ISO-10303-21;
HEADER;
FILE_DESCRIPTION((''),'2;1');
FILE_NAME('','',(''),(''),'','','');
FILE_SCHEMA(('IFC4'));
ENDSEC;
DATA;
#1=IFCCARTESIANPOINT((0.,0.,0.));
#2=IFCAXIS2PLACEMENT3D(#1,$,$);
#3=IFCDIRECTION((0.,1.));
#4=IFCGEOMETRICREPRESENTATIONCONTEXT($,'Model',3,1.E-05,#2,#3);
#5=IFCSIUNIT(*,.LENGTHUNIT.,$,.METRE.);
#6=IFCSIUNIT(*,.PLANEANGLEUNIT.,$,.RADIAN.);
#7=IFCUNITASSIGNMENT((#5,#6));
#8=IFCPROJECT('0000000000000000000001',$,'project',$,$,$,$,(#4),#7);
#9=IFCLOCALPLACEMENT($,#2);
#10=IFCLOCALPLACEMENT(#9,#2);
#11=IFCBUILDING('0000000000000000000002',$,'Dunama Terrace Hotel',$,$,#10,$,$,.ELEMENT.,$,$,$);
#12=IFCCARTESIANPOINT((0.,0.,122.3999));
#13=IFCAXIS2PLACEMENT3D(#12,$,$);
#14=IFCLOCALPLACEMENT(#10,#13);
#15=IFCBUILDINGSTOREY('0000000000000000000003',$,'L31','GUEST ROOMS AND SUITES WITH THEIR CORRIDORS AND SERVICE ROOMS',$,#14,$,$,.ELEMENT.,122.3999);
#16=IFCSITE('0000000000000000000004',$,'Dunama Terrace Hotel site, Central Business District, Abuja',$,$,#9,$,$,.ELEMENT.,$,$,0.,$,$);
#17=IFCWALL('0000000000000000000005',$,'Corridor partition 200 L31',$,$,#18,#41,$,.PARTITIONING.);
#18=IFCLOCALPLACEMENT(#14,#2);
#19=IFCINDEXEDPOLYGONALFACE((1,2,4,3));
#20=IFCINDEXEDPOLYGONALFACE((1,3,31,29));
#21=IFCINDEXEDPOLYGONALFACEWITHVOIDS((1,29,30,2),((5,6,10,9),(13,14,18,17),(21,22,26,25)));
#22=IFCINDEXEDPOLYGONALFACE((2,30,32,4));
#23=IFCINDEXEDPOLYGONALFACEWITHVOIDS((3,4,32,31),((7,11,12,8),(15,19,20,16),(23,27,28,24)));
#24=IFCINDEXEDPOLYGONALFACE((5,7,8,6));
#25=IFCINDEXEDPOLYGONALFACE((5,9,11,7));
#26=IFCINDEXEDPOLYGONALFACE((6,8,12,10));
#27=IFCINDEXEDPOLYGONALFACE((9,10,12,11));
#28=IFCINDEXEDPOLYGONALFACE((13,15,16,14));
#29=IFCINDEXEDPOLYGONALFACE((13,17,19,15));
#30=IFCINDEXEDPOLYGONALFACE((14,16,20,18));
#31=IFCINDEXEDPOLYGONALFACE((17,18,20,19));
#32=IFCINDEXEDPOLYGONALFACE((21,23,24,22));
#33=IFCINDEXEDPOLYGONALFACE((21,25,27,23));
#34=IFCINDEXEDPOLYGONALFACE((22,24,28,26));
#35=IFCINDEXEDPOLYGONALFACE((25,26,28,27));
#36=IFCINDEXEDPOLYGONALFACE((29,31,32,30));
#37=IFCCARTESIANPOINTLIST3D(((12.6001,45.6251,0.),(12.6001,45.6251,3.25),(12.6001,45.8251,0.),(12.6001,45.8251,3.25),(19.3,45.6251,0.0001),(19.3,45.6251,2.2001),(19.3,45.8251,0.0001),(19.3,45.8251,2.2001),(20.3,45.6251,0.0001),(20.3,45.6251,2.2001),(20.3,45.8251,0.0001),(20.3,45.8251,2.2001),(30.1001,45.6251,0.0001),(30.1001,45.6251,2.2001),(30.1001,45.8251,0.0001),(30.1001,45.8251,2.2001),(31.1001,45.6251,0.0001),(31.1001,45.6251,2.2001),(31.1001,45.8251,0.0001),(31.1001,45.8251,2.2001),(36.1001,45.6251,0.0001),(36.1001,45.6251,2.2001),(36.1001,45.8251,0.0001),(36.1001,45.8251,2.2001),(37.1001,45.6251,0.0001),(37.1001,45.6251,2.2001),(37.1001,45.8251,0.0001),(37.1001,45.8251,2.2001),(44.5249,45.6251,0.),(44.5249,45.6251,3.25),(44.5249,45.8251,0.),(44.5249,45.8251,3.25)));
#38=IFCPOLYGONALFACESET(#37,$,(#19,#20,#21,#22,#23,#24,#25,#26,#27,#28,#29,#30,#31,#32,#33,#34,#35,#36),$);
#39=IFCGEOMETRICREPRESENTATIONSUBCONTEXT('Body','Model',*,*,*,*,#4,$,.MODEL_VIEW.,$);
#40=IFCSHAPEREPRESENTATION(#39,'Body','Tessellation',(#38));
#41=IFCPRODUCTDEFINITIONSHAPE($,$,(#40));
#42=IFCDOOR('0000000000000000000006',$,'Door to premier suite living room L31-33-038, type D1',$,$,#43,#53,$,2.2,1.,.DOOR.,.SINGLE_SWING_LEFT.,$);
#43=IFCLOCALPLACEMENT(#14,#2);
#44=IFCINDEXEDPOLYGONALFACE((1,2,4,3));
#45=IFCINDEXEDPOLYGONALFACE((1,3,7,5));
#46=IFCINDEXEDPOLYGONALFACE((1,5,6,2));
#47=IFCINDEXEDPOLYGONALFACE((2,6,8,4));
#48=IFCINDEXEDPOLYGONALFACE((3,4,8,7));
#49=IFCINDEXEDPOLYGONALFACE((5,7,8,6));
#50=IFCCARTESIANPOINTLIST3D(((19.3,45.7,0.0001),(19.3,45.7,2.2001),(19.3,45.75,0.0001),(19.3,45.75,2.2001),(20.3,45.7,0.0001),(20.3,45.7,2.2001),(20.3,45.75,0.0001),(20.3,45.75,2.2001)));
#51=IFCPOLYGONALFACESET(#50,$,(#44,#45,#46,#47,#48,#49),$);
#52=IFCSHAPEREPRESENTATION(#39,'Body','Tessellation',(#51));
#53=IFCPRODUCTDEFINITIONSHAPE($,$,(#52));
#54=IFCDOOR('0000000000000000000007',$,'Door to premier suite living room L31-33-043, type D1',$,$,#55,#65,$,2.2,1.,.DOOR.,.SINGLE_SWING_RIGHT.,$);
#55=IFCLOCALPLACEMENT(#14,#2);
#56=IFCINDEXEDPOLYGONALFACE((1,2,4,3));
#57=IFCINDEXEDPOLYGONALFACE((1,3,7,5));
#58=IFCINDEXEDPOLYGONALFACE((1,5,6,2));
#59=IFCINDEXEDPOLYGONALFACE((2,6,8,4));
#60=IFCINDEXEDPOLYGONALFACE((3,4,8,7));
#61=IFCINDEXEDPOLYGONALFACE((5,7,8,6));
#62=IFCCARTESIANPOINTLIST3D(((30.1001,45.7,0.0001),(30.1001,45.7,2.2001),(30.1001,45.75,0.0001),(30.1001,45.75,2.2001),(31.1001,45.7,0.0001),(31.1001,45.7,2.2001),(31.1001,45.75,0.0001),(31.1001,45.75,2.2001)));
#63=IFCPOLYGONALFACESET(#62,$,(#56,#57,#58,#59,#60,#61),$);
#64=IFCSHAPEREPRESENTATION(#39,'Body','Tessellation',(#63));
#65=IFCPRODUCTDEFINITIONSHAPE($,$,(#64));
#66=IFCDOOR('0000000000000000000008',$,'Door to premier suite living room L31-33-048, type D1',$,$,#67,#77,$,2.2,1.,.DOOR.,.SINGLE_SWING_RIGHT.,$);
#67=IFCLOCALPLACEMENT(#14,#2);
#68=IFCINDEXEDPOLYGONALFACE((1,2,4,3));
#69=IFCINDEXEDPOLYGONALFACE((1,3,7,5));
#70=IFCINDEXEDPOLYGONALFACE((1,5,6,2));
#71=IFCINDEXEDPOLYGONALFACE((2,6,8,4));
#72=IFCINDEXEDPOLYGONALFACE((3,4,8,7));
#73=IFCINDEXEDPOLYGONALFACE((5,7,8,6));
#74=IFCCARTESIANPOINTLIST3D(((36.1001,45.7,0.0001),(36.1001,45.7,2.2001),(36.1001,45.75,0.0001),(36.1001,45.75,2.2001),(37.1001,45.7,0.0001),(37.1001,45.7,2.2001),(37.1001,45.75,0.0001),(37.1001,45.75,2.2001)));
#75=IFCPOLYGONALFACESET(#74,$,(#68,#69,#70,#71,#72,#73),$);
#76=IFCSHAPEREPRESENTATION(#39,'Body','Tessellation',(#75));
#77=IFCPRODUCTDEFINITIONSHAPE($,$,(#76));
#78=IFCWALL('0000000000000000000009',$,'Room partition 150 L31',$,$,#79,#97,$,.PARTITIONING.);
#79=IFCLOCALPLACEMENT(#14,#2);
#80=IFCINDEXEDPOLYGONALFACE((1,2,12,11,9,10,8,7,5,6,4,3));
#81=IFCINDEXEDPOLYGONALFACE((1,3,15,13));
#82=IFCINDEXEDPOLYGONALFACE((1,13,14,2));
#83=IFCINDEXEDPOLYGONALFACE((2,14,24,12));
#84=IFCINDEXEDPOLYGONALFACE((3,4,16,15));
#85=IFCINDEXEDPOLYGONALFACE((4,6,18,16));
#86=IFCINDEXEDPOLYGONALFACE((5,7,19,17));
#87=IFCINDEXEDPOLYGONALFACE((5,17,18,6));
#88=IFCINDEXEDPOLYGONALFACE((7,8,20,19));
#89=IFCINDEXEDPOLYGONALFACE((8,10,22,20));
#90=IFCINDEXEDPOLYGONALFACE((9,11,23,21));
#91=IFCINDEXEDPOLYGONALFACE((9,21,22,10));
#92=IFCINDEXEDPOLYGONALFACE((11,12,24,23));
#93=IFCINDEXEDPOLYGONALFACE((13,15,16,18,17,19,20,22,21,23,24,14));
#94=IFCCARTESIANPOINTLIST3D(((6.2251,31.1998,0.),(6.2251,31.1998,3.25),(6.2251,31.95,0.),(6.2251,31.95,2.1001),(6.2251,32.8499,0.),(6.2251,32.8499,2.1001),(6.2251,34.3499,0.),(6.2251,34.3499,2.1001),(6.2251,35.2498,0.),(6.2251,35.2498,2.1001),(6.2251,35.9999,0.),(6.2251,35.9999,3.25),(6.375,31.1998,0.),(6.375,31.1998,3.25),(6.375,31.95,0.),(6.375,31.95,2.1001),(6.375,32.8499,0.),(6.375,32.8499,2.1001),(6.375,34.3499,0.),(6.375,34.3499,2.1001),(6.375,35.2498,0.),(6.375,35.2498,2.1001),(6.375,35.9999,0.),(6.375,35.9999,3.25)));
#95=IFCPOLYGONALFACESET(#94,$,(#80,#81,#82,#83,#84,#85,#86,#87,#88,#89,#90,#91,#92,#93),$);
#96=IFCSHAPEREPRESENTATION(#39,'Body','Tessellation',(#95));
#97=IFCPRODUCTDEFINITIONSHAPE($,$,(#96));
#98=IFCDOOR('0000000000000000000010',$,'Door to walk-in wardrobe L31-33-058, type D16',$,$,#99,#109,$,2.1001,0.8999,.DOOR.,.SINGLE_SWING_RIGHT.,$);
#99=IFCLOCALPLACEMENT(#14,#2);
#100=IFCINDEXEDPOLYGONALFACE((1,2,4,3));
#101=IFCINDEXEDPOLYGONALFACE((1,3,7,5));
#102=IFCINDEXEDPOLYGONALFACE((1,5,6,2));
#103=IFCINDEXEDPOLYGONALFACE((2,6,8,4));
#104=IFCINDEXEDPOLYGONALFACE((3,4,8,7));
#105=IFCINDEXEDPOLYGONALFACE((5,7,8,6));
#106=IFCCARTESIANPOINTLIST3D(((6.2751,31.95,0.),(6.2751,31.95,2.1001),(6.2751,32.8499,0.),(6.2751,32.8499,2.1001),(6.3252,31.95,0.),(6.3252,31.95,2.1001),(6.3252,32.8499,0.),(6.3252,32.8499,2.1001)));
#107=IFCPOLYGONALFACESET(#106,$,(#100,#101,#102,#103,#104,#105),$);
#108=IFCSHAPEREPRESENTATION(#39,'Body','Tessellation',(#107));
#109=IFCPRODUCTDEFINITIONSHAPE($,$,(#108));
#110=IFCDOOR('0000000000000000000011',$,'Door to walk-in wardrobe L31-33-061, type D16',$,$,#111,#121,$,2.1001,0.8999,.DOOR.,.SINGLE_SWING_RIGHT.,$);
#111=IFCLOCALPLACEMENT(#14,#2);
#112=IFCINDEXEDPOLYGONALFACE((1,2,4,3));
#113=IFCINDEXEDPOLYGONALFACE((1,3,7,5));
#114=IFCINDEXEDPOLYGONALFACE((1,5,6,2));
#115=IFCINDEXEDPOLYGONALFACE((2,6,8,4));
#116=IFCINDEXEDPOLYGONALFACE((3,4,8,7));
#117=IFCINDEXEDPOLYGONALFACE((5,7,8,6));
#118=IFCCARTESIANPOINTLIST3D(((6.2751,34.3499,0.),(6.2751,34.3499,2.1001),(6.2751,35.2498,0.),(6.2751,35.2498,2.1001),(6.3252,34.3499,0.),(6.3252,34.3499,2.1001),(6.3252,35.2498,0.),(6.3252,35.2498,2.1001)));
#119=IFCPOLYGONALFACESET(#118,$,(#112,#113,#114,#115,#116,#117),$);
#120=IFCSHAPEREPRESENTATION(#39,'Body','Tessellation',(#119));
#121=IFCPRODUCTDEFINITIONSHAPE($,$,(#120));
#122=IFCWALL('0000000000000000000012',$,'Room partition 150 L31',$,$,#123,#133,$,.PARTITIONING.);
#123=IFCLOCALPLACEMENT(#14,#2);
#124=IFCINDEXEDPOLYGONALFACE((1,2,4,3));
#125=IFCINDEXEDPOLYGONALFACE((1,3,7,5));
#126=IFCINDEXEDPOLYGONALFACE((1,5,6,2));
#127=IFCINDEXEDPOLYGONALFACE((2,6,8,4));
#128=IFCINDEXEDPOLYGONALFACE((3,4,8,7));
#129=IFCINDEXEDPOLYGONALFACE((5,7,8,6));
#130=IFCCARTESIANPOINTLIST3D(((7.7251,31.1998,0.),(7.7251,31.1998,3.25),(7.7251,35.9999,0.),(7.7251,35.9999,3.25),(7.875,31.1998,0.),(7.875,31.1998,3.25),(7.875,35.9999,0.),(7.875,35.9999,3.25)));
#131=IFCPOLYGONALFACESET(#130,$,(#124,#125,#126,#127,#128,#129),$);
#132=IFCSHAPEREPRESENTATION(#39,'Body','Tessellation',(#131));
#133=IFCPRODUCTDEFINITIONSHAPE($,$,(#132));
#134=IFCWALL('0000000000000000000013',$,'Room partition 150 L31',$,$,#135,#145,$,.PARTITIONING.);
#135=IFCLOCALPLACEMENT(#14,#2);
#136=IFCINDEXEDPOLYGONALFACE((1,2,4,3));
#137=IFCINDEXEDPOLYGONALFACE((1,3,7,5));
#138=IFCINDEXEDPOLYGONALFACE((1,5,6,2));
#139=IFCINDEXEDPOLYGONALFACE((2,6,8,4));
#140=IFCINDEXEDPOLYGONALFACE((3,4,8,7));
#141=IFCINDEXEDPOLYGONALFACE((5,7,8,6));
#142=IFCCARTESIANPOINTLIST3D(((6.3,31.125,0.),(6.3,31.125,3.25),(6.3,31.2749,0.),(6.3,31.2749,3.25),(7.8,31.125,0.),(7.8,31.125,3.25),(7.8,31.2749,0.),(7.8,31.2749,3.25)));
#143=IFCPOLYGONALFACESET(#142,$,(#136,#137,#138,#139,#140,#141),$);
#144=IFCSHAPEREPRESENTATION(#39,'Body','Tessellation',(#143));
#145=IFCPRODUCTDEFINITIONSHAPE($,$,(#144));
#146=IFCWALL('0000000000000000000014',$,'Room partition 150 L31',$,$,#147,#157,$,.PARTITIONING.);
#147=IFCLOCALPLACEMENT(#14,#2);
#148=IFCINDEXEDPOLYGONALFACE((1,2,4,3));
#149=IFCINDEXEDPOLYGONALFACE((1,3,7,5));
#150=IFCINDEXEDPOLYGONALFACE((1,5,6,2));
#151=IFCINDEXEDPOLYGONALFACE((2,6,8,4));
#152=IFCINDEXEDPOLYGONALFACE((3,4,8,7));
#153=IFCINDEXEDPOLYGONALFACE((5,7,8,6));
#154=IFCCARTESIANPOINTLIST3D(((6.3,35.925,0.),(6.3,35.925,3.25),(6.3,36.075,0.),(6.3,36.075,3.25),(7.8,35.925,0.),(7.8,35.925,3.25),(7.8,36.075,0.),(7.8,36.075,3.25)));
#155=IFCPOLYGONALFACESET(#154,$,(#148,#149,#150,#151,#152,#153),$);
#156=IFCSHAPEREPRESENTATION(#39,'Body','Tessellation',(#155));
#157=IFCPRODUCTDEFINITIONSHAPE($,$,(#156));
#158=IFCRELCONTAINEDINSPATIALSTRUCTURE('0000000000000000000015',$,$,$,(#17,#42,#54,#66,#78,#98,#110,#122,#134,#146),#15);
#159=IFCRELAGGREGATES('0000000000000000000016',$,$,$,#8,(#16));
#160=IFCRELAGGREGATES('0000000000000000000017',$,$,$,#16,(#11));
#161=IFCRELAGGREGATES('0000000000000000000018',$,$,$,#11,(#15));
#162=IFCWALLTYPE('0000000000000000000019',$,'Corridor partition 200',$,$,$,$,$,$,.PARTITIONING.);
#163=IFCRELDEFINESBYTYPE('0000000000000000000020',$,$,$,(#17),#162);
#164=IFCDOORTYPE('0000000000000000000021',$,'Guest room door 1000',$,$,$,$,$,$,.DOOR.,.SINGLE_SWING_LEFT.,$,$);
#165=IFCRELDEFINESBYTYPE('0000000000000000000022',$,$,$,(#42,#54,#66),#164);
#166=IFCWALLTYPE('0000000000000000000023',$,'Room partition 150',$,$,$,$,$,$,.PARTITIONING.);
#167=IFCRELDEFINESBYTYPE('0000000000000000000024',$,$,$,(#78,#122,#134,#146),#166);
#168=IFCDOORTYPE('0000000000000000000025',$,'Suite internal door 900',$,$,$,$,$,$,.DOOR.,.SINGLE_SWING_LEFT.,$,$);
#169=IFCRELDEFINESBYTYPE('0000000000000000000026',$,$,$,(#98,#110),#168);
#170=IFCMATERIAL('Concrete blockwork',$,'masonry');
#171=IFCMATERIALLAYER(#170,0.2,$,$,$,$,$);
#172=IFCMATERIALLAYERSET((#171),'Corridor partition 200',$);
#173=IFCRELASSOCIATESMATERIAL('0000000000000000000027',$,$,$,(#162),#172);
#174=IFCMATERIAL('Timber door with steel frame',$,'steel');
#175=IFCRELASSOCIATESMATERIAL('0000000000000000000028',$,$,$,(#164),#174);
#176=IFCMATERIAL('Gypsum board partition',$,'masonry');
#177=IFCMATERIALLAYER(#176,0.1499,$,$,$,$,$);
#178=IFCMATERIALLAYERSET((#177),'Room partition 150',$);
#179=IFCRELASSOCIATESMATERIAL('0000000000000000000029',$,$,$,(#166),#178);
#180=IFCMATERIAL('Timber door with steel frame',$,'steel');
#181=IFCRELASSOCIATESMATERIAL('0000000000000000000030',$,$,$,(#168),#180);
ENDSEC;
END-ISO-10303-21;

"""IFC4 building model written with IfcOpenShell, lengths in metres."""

from ifc_helpers import new_model, si_unit, direction, frame, frame_2d, origin, place, context, subcontext, project, spatial, rectangle, extrude, material, layer, layer_set, type_object, element, fill, save


model = new_model("IFC4")

# Units and contexts
model_context = context("Model", 3, precision=1e-05, world=origin(), true_north=direction((0.0, 1.0)))
body_context = subcontext(model_context, "Body", "Model", "MODEL_VIEW")
ifc_project = project(units=[si_unit("LENGTHUNIT", "METRE"), si_unit("PLANEANGLEUNIT", "RADIAN")], contexts=[model_context])

# Site, building, storey
site_placement = place(None, origin())
site = spatial("IfcSite", under=ifc_project, at=site_placement, Name="Dunama Terrace Hotel site, Central Business District, Abuja", CompositionType="ELEMENT", RefElevation=0.0)
building_placement = place(site_placement, origin())
building = spatial("IfcBuilding", under=site, at=building_placement, Name="Dunama Terrace Hotel", CompositionType="ELEMENT")
storey_placement = place(building_placement, frame((0.0, 0.0, 122.3999)))
storey = spatial("IfcBuildingStorey", under=building, at=storey_placement, Name="L31", Description="GUEST ROOMS AND SUITES WITH THEIR CORRIDORS AND SERVICE ROOMS", CompositionType="ELEMENT", Elevation=122.3999)

# Walls, openings, doors
ifc_material_1 = material(Name="Concrete blockwork", Category="masonry")
ifc_layer_1 = layer(ifc_material_1, 0.2)
ifc_layer_set_1 = layer_set([ifc_layer_1], Name="Corridor partition 200")
wall_type_1 = type_object("IfcWallType", Name="Corridor partition 200", PredefinedType="PARTITIONING", material=ifc_layer_set_1)
wall_1_placement = place(storey_placement, frame((12.6001, 45.7251, 0.0), z_axis=(0.0, 0.0, 1.0), x_axis=(1.0, 0.0, 0.0)))
wall_1 = element("IfcWall", 1, at=wall_1_placement, inside=storey, type_object=wall_type_1, Name="Corridor partition 200 L31", PredefinedType="PARTITIONING", context=body_context, shape_type="SweptSolid", body=[
    extrude(rectangle(XDim=31.9248, YDim=0.2, at=frame_2d((15.9624, 0.0))), origin(), (0.0, 0.0, 1.0), 3.25),
])
opening_1_placement = place(wall_1_placement, frame((6.7, 0.0, 0.0)))
opening_1 = element("IfcOpeningElement", 2, at=opening_1_placement, cuts=wall_1, PredefinedType="OPENING", context=body_context, shape_type="SweptSolid", body=[
    extrude(rectangle(XDim=1.0, YDim=2.2, at=frame_2d((0.5, 1.1001))), frame((0.0, 0.1099, 0.0), z_axis=(0.0, -1.0, 0.0), x_axis=(1.0, 0.0, 0.0)), (0.0, 0.0, 1.0), 0.22),
])
opening_2_placement = place(wall_1_placement, frame((17.5, 0.0, 0.0)))
opening_2 = element("IfcOpeningElement", 3, at=opening_2_placement, cuts=wall_1, PredefinedType="OPENING", context=body_context, shape_type="SweptSolid", body=[
    extrude(rectangle(XDim=1.0, YDim=2.2, at=frame_2d((0.5, 1.1001))), frame((0.0, 0.1099, 0.0), z_axis=(0.0, -1.0, 0.0), x_axis=(1.0, 0.0, 0.0)), (0.0, 0.0, 1.0), 0.22),
])
opening_3_placement = place(wall_1_placement, frame((23.5, 0.0, 0.0)))
opening_3 = element("IfcOpeningElement", 4, at=opening_3_placement, cuts=wall_1, PredefinedType="OPENING", context=body_context, shape_type="SweptSolid", body=[
    extrude(rectangle(XDim=1.0, YDim=2.2, at=frame_2d((0.5, 1.1001))), frame((0.0, 0.1099, 0.0), z_axis=(0.0, -1.0, 0.0), x_axis=(1.0, 0.0, 0.0)), (0.0, 0.0, 1.0), 0.22),
])
ifc_material_2 = material(Name="Timber door with steel frame", Category="steel")
door_type_1 = type_object("IfcDoorType", Name="Guest room door 1000", OperationType="SINGLE_SWING_LEFT", PredefinedType="DOOR", material=ifc_material_2)
door_1_placement = place(opening_1_placement, origin())
door_1 = element("IfcDoor", 5, at=door_1_placement, inside=storey, type_object=door_type_1, Name="Door to premier suite living room L31-33-038, type D1", OperationType="SINGLE_SWING_LEFT", OverallHeight=2.2, OverallWidth=1.0, PredefinedType="DOOR", context=body_context, shape_type="SweptSolid", body=[
    extrude(rectangle(XDim=1.0, YDim=2.2, at=frame_2d((0.5, 1.1001))), frame((0.0, 0.0249, 0.0), z_axis=(0.0, -1.0, 0.0), x_axis=(1.0, 0.0, 0.0)), (0.0, 0.0, 1.0), 0.05),
])
fill(opening_1, door_1)
door_2_placement = place(opening_2_placement, origin())
door_2 = element("IfcDoor", 6, at=door_2_placement, inside=storey, type_object=door_type_1, Name="Door to premier suite living room L31-33-043, type D1", OperationType="SINGLE_SWING_RIGHT", OverallHeight=2.2, OverallWidth=1.0, PredefinedType="DOOR", context=body_context, shape_type="SweptSolid", body=[
    extrude(rectangle(XDim=1.0, YDim=2.2, at=frame_2d((0.5, 1.1001))), frame((0.0, 0.0249, 0.0), z_axis=(0.0, -1.0, 0.0), x_axis=(1.0, 0.0, 0.0)), (0.0, 0.0, 1.0), 0.05),
])
fill(opening_2, door_2)
door_3_placement = place(opening_3_placement, origin())
door_3 = element("IfcDoor", 7, at=door_3_placement, inside=storey, type_object=door_type_1, Name="Door to premier suite living room L31-33-048, type D1", OperationType="SINGLE_SWING_RIGHT", OverallHeight=2.2, OverallWidth=1.0, PredefinedType="DOOR", context=body_context, shape_type="SweptSolid", body=[
    extrude(rectangle(XDim=1.0, YDim=2.2, at=frame_2d((0.5, 1.1001))), frame((0.0, 0.0249, 0.0), z_axis=(0.0, -1.0, 0.0), x_axis=(1.0, 0.0, 0.0)), (0.0, 0.0, 1.0), 0.05),
])
fill(opening_3, door_3)
ifc_material_3 = material(Name="Gypsum board partition", Category="masonry")
ifc_layer_2 = layer(ifc_material_3, 0.1499)
ifc_layer_set_2 = layer_set([ifc_layer_2], Name="Room partition 150")
wall_type_2 = type_object("IfcWallType", Name="Room partition 150", PredefinedType="PARTITIONING", material=ifc_layer_set_2)
wall_2_placement = place(storey_placement, frame((6.3, 31.2, 0.0), z_axis=(0.0, 0.0, 1.0), x_axis=(0.0, 1.0, 0.0)))
wall_2 = element("IfcWall", 8, at=wall_2_placement, inside=storey, type_object=wall_type_2, Name="Room partition 150 L31", PredefinedType="PARTITIONING", context=body_context, shape_type="SweptSolid", body=[
    extrude(rectangle(XDim=4.8, YDim=0.1499, at=frame_2d((2.3999, 0.0))), origin(), (0.0, 0.0, 1.0), 3.25),
])
opening_4_placement = place(wall_2_placement, frame((0.75, 0.0, 0.0)))
opening_4 = element("IfcOpeningElement", 9, at=opening_4_placement, cuts=wall_2, PredefinedType="OPENING", context=body_context, shape_type="SweptSolid", body=[
    extrude(rectangle(XDim=0.8999, YDim=2.1001, at=frame_2d((0.45, 1.05))), frame((0.0, 0.085, 0.0), z_axis=(0.0, -1.0, 0.0), x_axis=(1.0, 0.0, 0.0)), (0.0, 0.0, 1.0), 0.1699),
])
opening_5_placement = place(wall_2_placement, frame((3.1499, 0.0, 0.0)))
opening_5 = element("IfcOpeningElement", 10, at=opening_5_placement, cuts=wall_2, PredefinedType="OPENING", context=body_context, shape_type="SweptSolid", body=[
    extrude(rectangle(XDim=0.8999, YDim=2.1001, at=frame_2d((0.45, 1.05))), frame((0.0, 0.085, 0.0), z_axis=(0.0, -1.0, 0.0), x_axis=(1.0, 0.0, 0.0)), (0.0, 0.0, 1.0), 0.1699),
])
ifc_material_4 = material(Name="Timber door with steel frame", Category="steel")
door_type_2 = type_object("IfcDoorType", Name="Suite internal door 900", OperationType="SINGLE_SWING_LEFT", PredefinedType="DOOR", material=ifc_material_4)
door_4_placement = place(opening_4_placement, frame((0.8999, 0.0, 0.0), z_axis=(0.0, 0.0, 1.0), x_axis=(-1.0, 0.0, 0.0)))
door_4 = element("IfcDoor", 11, at=door_4_placement, inside=storey, type_object=door_type_2, Name="Door to walk-in wardrobe L31-33-058, type D16", OperationType="SINGLE_SWING_RIGHT", OverallHeight=2.1001, OverallWidth=0.8999, PredefinedType="DOOR", context=body_context, shape_type="SweptSolid", body=[
    extrude(rectangle(XDim=0.8999, YDim=2.1001, at=frame_2d((0.45, 1.05))), frame((0.0, 0.0251, 0.0), z_axis=(0.0, -1.0, 0.0), x_axis=(1.0, 0.0, 0.0)), (0.0, 0.0, 1.0), 0.05),
])
fill(opening_4, door_4)
door_5_placement = place(opening_5_placement, frame((0.8999, 0.0, 0.0), z_axis=(0.0, 0.0, 1.0), x_axis=(-1.0, 0.0, 0.0)))
door_5 = element("IfcDoor", 12, at=door_5_placement, inside=storey, type_object=door_type_2, Name="Door to walk-in wardrobe L31-33-061, type D16", OperationType="SINGLE_SWING_RIGHT", OverallHeight=2.1001, OverallWidth=0.8999, PredefinedType="DOOR", context=body_context, shape_type="SweptSolid", body=[
    extrude(rectangle(XDim=0.8999, YDim=2.1001, at=frame_2d((0.45, 1.05))), frame((0.0, 0.0251, 0.0), z_axis=(0.0, -1.0, 0.0), x_axis=(1.0, 0.0, 0.0)), (0.0, 0.0, 1.0), 0.05),
])
fill(opening_5, door_5)

# Walls
wall_3_placement = place(storey_placement, frame((7.8, 31.2, 0.0), z_axis=(0.0, 0.0, 1.0), x_axis=(0.0, 1.0, 0.0)))
element("IfcWall", 13, at=wall_3_placement, inside=storey, type_object=wall_type_2, Name="Room partition 150 L31", PredefinedType="PARTITIONING", context=body_context, shape_type="SweptSolid", body=[
    extrude(rectangle(XDim=4.8, YDim=0.1499, at=frame_2d((2.3999, 0.0))), origin(), (0.0, 0.0, 1.0), 3.25),
])
for number, where, z_axis, x_axis, name in (
    (14, (6.3, 31.2, 0.0), (0.0, 0.0, 1.0), (1.0, 0.0, 0.0), "Room partition 150 L31"),
    (15, (6.3, 36.0, 0.0), (0.0, 0.0, 1.0), (1.0, 0.0, 0.0), "Room partition 150 L31"),
):
    element("IfcWall", number, at=place(storey_placement, frame(where, z_axis=z_axis, x_axis=x_axis)), inside=storey, type_object=wall_type_2, Name=name, PredefinedType="PARTITIONING", context=body_context, shape_type="SweptSolid", body=[
        extrude(rectangle(XDim=1.5, YDim=0.1499, at=frame_2d((0.75, 0.0))), origin(), (0.0, 0.0, 1.0), 3.25),
    ])

save(model, "model.ifc")
